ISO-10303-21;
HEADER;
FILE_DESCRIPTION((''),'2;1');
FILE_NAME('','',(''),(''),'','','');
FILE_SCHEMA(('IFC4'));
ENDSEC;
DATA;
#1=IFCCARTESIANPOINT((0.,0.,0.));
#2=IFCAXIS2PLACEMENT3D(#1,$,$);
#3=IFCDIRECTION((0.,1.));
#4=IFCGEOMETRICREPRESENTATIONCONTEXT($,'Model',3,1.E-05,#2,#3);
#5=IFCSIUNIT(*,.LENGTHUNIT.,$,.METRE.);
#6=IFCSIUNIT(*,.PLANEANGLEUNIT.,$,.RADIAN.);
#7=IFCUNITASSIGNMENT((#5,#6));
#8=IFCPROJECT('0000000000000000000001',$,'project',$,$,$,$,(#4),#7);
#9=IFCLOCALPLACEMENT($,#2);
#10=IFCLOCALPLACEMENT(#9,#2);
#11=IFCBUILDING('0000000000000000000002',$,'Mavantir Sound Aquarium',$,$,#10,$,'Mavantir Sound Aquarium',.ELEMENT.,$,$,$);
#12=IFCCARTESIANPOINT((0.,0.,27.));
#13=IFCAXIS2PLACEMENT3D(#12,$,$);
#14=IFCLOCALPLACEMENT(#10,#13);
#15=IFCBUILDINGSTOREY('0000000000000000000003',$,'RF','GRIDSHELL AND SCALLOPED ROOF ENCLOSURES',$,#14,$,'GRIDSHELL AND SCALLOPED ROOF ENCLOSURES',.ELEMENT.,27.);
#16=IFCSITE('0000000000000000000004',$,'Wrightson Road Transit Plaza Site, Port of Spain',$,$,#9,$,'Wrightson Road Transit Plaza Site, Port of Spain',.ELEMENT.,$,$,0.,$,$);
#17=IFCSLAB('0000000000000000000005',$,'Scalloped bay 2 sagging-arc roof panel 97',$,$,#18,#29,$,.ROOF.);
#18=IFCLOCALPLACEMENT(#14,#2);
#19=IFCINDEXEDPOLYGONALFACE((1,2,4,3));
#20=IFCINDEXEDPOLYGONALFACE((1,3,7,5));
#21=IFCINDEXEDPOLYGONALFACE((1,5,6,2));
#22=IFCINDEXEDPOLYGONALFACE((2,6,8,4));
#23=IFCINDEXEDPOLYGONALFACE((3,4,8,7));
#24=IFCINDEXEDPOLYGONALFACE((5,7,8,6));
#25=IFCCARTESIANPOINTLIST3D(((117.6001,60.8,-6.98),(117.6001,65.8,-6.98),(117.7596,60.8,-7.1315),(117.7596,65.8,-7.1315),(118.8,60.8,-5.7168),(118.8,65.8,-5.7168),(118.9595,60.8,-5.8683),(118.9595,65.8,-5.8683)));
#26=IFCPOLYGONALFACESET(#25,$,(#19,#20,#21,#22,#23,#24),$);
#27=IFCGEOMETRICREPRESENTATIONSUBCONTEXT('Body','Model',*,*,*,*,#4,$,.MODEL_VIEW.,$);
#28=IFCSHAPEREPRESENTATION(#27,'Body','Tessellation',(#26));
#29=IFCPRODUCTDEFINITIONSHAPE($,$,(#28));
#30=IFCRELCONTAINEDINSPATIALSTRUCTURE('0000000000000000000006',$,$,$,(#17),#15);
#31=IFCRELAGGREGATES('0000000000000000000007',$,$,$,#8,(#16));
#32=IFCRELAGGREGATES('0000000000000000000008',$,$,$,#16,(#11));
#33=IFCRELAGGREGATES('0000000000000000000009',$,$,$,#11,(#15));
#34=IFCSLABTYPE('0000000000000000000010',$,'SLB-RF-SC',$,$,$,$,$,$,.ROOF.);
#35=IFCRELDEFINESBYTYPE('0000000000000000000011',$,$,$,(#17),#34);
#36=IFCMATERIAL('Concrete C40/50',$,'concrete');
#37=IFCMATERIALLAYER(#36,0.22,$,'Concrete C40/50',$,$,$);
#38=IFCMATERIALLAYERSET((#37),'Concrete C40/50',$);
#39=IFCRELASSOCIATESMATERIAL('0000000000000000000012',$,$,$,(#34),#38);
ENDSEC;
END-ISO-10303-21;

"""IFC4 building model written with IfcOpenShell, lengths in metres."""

from ifc_helpers import new_model, si_unit, direction, frame, origin, place, context, subcontext, project, spatial, polyline, outline, extrude, material, layer, layer_set, type_object, element, save


model = new_model("IFC4")

# Units and contexts
model_context = context("Model", 3, precision=1e-05, world=origin(), true_north=direction((0.0, 1.0)))
body_context = subcontext(model_context, "Body", "Model", "MODEL_VIEW")
ifc_project = project(units=[si_unit("LENGTHUNIT", "METRE"), si_unit("PLANEANGLEUNIT", "RADIAN")], contexts=[model_context])

# Site, building, storey
site_placement = place(None, origin())
site = spatial("IfcSite", under=ifc_project, at=site_placement, Name="Wrightson Road Transit Plaza Site, Port of Spain", LongName="Wrightson Road Transit Plaza Site, Port of Spain", CompositionType="ELEMENT", RefElevation=0.0)
building_placement = place(site_placement, origin())
building = spatial("IfcBuilding", under=site, at=building_placement, Name="Mavantir Sound Aquarium", LongName="Mavantir Sound Aquarium", CompositionType="ELEMENT")
storey_placement = place(building_placement, frame((0.0, 0.0, 27.0)))
storey = spatial("IfcBuildingStorey", under=building, at=storey_placement, Name="RF", Description="GRIDSHELL AND SCALLOPED ROOF ENCLOSURES", LongName="GRIDSHELL AND SCALLOPED ROOF ENCLOSURES", CompositionType="ELEMENT", Elevation=27.0)

# Shared definitions
ifc_material_1 = material(Name="Concrete C40/50", Category="concrete")

# Slab
ifc_layer_1 = layer(ifc_material_1, 0.22, Name="Concrete C40/50")
ifc_layer_set_1 = layer_set([ifc_layer_1], Name="Concrete C40/50")
slab_type = type_object("IfcSlabType", Name="SLB-RF-SC", PredefinedType="ROOF", material=ifc_layer_set_1)
slab_1_placement = place(storey_placement, frame((117.6001, 60.8, -6.98), z_axis=(-0.72502, 0.0, 0.688727), x_axis=(0.688727, 0.0, 0.72502)))
element("IfcSlab", 1, at=slab_1_placement, inside=storey, type_object=slab_type, Name="Scalloped bay 2 sagging-arc roof panel 97", PredefinedType="ROOF", context=body_context, shape_type="SweptSolid", body=[
    extrude(outline(polyline([(0.0, 0.0), (1.7423, 0.0), (1.7423, 5.0), (0.0, 5.0), (0.0, 0.0)])), origin(), (0.0, 0.0, -1.0), 0.22),
])

save(model, "model.ifc")
